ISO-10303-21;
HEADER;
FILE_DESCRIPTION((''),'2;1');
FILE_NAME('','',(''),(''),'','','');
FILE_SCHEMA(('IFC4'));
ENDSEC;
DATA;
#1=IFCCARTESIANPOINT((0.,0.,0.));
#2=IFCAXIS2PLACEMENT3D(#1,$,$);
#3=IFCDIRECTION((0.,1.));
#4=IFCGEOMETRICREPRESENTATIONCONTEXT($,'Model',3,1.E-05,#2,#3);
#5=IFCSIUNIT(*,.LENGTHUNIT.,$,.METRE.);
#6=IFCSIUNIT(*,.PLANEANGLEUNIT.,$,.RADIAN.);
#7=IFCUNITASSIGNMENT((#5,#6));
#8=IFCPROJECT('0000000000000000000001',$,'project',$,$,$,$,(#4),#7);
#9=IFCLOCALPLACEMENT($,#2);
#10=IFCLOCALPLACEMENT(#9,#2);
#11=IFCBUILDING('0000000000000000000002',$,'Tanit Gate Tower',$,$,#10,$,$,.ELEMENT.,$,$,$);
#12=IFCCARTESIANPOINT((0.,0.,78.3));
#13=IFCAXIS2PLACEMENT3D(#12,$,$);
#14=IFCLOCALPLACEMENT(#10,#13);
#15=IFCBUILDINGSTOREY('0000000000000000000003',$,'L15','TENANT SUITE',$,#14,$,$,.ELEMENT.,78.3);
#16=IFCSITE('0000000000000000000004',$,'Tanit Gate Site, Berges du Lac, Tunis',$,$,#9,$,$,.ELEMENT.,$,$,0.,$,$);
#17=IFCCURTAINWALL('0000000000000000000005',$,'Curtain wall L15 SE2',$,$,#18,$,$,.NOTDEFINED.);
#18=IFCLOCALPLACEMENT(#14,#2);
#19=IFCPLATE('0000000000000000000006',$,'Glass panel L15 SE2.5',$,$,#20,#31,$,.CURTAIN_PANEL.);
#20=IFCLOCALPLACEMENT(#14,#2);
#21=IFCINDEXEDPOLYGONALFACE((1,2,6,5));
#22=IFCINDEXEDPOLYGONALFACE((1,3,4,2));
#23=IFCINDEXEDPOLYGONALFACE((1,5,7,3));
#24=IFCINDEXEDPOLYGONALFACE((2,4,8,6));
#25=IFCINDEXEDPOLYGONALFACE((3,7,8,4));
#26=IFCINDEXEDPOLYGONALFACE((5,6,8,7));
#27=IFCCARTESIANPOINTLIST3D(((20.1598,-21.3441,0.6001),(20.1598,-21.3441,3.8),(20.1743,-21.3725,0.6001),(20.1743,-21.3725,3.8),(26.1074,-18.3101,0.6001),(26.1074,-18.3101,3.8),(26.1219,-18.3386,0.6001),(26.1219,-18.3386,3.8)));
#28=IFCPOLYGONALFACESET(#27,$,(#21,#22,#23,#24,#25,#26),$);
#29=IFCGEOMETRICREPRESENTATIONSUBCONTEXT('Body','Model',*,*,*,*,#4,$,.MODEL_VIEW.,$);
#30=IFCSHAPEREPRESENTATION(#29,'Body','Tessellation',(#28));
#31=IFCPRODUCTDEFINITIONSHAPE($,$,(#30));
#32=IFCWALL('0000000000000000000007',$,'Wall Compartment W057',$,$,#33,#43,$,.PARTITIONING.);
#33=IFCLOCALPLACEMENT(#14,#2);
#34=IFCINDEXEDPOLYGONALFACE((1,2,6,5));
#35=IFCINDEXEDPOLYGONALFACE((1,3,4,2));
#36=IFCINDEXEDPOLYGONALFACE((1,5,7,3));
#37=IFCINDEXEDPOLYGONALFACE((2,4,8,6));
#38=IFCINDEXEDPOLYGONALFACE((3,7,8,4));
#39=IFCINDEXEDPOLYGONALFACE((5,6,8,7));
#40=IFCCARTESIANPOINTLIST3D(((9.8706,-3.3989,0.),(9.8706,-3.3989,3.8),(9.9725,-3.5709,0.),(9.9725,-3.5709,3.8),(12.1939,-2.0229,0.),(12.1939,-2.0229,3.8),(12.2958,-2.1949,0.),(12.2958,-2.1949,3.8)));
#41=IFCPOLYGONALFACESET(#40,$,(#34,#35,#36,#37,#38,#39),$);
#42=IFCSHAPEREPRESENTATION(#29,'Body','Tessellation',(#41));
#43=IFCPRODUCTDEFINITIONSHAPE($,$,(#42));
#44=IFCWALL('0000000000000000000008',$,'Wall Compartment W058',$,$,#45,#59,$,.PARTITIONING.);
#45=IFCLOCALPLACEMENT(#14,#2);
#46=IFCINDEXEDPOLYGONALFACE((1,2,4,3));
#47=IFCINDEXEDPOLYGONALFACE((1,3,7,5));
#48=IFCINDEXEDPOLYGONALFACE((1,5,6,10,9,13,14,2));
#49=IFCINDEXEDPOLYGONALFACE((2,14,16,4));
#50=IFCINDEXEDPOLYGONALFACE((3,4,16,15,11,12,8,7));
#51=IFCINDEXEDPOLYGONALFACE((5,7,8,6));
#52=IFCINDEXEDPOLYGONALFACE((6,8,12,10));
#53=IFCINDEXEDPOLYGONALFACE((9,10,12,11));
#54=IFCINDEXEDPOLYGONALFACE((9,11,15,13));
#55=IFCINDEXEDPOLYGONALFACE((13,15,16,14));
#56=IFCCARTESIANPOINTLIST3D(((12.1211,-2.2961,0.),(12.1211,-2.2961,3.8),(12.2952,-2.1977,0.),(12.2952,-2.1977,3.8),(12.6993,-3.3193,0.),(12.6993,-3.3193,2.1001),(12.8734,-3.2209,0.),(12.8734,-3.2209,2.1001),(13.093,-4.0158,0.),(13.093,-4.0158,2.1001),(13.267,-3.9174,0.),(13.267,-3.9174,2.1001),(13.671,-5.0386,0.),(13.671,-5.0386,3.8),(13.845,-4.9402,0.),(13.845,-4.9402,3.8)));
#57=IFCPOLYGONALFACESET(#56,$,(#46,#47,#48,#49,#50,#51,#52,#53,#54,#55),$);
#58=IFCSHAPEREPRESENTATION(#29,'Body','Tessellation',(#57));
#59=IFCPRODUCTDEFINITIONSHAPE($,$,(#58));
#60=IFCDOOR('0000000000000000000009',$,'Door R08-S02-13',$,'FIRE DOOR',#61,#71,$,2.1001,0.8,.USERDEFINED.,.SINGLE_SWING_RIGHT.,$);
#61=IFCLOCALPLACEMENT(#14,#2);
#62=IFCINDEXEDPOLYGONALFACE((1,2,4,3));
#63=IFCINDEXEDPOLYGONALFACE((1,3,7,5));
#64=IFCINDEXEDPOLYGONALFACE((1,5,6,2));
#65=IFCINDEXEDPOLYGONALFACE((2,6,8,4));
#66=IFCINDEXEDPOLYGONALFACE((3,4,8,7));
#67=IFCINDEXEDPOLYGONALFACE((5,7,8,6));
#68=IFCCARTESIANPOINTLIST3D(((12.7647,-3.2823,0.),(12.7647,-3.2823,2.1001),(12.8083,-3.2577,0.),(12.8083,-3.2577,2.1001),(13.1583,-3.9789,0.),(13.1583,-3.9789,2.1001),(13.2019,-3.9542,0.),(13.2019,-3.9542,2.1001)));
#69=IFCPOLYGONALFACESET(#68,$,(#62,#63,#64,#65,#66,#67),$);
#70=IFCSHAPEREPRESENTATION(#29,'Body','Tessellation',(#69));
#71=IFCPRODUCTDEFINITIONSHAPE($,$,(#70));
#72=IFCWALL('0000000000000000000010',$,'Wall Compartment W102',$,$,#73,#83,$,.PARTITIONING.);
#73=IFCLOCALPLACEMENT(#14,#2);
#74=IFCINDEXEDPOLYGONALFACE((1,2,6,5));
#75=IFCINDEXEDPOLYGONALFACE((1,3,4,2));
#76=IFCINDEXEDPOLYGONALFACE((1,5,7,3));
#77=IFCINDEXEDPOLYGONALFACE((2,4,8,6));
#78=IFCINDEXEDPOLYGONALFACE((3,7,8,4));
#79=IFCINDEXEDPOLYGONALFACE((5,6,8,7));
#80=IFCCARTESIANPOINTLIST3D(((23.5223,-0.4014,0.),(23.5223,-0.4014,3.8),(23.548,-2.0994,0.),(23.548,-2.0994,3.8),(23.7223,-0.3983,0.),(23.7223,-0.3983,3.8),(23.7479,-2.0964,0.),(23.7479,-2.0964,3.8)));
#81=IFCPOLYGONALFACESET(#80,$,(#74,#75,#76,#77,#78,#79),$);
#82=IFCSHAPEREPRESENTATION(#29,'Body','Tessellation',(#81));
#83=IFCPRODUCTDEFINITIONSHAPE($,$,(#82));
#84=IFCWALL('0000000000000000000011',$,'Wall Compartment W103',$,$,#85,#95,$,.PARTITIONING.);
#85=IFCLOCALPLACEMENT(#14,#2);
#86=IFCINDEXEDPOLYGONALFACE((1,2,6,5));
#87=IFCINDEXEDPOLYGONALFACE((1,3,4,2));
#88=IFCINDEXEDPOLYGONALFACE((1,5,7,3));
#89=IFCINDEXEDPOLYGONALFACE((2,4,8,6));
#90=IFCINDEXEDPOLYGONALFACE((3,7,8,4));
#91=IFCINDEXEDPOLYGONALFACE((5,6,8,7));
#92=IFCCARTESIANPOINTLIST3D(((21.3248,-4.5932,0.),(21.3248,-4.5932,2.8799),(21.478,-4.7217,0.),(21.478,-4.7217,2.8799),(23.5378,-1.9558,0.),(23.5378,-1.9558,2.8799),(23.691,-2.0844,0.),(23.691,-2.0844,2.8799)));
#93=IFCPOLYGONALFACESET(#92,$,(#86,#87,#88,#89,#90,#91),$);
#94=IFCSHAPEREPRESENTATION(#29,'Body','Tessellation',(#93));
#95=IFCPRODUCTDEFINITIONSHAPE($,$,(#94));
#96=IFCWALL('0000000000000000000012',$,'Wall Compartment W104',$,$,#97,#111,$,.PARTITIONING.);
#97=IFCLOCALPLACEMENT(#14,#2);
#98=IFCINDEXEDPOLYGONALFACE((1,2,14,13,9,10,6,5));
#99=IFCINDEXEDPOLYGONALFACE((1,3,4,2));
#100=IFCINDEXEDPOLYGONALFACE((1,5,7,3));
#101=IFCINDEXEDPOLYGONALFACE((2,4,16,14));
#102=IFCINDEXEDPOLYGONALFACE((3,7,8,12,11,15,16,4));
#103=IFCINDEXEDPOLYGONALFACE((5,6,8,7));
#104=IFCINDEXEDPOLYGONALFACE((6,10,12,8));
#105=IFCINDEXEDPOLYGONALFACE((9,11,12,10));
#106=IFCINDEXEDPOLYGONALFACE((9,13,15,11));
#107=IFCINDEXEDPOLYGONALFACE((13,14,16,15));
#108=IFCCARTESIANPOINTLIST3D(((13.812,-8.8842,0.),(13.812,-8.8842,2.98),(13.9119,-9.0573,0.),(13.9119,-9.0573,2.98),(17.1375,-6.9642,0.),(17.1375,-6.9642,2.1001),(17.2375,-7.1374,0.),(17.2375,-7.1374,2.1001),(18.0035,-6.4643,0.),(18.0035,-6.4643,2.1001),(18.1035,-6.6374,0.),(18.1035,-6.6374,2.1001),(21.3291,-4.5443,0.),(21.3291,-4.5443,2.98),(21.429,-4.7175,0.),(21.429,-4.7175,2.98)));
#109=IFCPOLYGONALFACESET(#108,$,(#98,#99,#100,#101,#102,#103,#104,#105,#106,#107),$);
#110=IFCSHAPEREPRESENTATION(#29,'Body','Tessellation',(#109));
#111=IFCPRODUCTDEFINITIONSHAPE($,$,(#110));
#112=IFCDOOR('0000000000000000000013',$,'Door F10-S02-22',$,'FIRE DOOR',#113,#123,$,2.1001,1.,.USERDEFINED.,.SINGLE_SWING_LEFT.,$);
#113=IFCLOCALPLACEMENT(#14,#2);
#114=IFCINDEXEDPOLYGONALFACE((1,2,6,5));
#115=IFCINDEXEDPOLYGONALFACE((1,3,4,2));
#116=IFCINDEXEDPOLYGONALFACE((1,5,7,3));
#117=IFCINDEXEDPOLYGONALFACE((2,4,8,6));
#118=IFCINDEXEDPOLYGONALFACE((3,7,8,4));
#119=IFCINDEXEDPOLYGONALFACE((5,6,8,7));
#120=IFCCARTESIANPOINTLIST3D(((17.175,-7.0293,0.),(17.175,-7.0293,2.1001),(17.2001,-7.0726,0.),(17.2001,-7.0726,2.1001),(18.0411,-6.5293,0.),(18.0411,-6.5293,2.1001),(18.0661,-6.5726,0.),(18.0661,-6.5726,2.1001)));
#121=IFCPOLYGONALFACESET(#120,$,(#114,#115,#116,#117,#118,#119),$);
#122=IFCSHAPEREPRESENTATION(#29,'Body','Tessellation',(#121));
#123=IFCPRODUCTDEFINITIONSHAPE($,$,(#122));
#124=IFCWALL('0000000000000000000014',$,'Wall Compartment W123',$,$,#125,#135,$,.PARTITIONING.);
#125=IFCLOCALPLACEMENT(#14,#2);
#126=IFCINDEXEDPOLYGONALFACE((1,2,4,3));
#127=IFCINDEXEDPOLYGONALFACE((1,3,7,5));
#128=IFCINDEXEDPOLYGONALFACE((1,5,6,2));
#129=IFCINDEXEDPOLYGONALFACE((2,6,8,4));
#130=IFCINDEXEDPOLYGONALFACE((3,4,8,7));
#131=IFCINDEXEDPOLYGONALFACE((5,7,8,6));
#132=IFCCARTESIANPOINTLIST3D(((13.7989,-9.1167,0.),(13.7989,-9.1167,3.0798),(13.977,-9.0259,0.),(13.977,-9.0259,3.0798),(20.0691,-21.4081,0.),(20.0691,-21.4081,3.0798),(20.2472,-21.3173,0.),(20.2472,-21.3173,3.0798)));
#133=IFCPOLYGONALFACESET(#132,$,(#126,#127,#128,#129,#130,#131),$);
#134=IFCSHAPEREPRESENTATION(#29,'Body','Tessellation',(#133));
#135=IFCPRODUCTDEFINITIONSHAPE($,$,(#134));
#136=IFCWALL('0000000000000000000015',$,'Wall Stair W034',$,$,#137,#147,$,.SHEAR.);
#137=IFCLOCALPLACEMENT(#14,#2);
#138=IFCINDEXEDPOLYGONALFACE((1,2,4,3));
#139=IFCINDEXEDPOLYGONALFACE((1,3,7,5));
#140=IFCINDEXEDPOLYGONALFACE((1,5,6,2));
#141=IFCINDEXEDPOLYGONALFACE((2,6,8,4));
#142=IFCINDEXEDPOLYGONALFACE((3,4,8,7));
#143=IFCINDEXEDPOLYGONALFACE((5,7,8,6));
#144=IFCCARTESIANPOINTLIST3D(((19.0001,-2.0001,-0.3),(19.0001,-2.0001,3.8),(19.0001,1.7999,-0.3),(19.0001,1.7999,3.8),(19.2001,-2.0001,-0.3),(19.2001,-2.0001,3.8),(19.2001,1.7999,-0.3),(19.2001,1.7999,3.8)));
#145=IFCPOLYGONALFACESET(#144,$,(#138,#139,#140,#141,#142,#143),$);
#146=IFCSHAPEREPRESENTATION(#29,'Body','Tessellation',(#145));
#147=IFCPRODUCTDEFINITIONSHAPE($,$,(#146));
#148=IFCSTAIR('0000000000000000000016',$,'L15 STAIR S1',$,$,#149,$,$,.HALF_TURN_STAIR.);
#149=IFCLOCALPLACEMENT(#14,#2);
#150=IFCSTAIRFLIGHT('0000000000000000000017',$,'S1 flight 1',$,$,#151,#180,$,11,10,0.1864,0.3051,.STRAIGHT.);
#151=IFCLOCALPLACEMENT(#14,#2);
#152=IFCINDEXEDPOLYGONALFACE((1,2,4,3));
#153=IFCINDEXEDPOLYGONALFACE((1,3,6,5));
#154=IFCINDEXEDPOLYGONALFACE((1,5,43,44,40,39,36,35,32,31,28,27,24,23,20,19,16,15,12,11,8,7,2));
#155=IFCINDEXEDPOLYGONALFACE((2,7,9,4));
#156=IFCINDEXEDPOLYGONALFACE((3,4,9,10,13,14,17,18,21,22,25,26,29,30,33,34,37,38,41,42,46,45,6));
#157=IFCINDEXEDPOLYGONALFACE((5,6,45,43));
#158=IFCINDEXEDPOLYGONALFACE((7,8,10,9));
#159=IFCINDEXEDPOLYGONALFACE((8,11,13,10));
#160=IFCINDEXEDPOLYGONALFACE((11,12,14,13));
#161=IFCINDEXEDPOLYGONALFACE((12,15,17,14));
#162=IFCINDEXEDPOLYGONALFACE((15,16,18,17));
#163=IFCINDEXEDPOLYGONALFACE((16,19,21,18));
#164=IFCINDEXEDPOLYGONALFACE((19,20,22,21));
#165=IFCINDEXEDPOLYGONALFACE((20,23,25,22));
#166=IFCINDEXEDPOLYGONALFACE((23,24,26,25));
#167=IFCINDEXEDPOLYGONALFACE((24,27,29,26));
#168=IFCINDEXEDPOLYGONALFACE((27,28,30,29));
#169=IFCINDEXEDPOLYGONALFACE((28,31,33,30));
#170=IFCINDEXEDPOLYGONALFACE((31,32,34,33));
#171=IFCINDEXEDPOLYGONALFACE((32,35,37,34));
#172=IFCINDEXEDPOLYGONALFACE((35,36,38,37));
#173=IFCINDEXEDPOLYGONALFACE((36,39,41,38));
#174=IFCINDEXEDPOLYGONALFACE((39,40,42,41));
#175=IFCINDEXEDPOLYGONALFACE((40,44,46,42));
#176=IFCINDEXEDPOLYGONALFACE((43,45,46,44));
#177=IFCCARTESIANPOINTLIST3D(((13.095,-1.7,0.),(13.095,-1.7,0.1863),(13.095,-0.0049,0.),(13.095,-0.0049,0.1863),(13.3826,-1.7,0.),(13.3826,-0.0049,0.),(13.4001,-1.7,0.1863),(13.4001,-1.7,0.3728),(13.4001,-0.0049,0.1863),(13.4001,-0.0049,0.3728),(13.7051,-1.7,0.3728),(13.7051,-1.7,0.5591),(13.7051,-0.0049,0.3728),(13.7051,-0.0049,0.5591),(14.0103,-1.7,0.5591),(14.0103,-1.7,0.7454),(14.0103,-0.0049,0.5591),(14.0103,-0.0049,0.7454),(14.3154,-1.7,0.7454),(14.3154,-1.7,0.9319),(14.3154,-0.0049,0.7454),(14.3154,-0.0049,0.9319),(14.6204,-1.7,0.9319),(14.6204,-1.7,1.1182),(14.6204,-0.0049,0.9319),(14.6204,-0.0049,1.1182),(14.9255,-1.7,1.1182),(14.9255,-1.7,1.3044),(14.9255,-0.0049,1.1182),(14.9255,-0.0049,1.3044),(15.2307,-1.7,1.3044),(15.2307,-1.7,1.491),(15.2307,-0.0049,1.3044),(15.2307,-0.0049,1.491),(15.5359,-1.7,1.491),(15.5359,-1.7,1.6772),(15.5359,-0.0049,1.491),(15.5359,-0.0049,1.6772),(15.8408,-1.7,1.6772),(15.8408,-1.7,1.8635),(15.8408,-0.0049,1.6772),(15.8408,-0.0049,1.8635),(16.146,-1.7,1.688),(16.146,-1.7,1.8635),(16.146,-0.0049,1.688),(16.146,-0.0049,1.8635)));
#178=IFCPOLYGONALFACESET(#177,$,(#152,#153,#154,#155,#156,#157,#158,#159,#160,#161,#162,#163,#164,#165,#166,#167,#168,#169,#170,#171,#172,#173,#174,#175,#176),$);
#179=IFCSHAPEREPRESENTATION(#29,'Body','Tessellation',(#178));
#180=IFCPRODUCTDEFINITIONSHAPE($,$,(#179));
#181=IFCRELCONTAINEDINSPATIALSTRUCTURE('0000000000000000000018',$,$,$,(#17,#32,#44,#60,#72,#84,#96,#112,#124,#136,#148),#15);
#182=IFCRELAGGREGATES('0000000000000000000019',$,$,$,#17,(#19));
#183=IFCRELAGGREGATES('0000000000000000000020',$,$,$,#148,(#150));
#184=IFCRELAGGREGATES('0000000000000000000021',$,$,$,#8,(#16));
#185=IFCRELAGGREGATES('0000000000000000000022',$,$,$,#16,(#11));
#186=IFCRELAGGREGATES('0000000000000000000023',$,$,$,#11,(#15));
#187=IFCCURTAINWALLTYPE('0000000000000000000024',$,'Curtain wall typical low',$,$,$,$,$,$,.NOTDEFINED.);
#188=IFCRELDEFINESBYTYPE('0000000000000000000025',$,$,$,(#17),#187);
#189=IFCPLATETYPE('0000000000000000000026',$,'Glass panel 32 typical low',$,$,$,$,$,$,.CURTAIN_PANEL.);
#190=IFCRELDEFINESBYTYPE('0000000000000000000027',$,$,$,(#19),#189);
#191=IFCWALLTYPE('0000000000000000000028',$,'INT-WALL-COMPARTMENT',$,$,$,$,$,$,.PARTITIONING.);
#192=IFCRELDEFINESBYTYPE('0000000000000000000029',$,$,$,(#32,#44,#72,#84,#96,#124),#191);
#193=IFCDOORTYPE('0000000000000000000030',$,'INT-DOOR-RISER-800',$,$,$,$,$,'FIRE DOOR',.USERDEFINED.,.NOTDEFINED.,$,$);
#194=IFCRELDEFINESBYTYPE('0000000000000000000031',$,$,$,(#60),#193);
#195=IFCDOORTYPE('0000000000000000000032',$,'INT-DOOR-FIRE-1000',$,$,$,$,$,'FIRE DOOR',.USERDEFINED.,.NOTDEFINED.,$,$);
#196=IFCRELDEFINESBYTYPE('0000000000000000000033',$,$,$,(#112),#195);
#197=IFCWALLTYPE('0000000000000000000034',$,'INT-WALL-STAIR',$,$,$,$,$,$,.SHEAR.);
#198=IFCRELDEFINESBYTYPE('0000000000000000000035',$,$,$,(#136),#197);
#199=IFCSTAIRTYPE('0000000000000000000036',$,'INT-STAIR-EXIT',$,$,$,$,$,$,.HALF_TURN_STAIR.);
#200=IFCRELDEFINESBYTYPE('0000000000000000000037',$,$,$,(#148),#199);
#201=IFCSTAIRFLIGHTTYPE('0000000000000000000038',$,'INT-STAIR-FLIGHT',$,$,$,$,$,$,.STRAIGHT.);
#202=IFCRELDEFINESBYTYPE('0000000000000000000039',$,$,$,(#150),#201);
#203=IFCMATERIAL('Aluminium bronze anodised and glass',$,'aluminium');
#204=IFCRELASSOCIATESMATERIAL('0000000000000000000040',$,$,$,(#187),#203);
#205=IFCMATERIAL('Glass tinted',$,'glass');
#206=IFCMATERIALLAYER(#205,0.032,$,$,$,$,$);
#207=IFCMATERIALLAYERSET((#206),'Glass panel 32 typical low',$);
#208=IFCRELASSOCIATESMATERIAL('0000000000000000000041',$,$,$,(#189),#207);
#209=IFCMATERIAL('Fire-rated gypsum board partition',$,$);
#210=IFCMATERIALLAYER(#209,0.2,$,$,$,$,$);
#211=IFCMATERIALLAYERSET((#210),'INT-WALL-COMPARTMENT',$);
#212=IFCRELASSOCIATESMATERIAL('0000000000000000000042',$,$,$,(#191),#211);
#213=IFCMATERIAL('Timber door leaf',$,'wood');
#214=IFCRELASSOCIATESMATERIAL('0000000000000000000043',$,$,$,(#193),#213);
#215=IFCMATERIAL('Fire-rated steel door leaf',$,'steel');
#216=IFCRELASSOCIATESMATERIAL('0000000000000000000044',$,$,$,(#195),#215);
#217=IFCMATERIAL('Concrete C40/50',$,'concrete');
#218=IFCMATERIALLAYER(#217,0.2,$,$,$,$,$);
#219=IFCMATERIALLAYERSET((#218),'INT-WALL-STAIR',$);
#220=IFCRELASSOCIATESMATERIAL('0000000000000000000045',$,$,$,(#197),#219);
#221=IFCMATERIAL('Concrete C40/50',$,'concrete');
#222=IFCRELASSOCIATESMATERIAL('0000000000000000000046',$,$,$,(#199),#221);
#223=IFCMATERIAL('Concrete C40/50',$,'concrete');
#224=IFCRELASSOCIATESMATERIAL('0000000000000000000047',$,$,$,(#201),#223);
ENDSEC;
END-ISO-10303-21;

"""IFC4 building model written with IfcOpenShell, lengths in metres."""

from ifc_helpers import new_model, si_unit, direction, frame, frame_2d, origin, origin_2d, place, context, subcontext, project, spatial, polyline, rectangle, outline, extrude, material, layer, layer_set, type_object, element, fill, aggregate, save


model = new_model("IFC4")

# Units and contexts
model_context = context("Model", 3, precision=1e-05, world=origin(), true_north=direction((0.0, 1.0)))
body_context = subcontext(model_context, "Body", "Model", "MODEL_VIEW")
ifc_project = project(units=[si_unit("LENGTHUNIT", "METRE"), si_unit("PLANEANGLEUNIT", "RADIAN")], contexts=[model_context])

# Site, building, storey
site_placement = place(None, origin())
site = spatial("IfcSite", under=ifc_project, at=site_placement, Name="Tanit Gate Site, Berges du Lac, Tunis", CompositionType="ELEMENT", RefElevation=0.0)
building_placement = place(site_placement, origin())
building = spatial("IfcBuilding", under=site, at=building_placement, Name="Tanit Gate Tower", CompositionType="ELEMENT")
storey_placement = place(building_placement, frame((0.0, 0.0, 78.3)))
storey = spatial("IfcBuildingStorey", under=building, at=storey_placement, Name="L15", Description="TENANT SUITE", CompositionType="ELEMENT", Elevation=78.3)

# Curtain wall
ifc_material_1 = material(Name="Aluminium bronze anodised and glass", Category="aluminium")
curtain_wall_type = type_object("IfcCurtainWallType", Name="Curtain wall typical low", PredefinedType="NOTDEFINED", material=ifc_material_1)
curtain_wall_placement = place(storey_placement, origin())
curtain_wall = element("IfcCurtainWall", 1, at=curtain_wall_placement, inside=storey, type_object=curtain_wall_type, Name="Curtain wall L15 SE2", PredefinedType="NOTDEFINED")

# Plate
ifc_material_2 = material(Name="Glass tinted", Category="glass")
ifc_layer_1 = layer(ifc_material_2, 0.032)
ifc_layer_set_1 = layer_set([ifc_layer_1], Name="Glass panel 32 typical low")
plate_type = type_object("IfcPlateType", Name="Glass panel 32 typical low", PredefinedType="CURTAIN_PANEL", material=ifc_layer_set_1)
plate_1_placement = place(storey_placement, frame((23.1409, -19.8413, 0.6001), z_axis=(0.0, 0.0, 1.0), x_axis=(0.890792, 0.454411, 0.0)))
plate_1 = element("IfcPlate", 2, at=plate_1_placement, type_object=plate_type, Name="Glass panel L15 SE2.5", PredefinedType="CURTAIN_PANEL", context=body_context, shape_type="SweptSolid", body=[
    extrude(rectangle(XDim=6.6768, YDim=0.032, at=origin_2d()), origin(), (0.0, 0.0, 1.0), 3.2),
])
aggregate(curtain_wall, [plate_1])

# Wall
ifc_material_3 = material(Name="Fire-rated gypsum board partition")
ifc_layer_2 = layer(ifc_material_3, 0.2)
ifc_layer_set_2 = layer_set([ifc_layer_2], Name="INT-WALL-COMPARTMENT")
wall_type_1 = type_object("IfcWallType", Name="INT-WALL-COMPARTMENT", PredefinedType="PARTITIONING", material=ifc_layer_set_2)
wall_1_placement = place(storey_placement, frame((12.2449, -2.1089, 0.0), z_axis=(0.0, 0.0, 1.0), x_axis=(-0.860415, -0.509594, 0.0)))
element("IfcWall", 3, at=wall_1_placement, inside=storey, type_object=wall_type_1, Name="Wall Compartment W057", PredefinedType="PARTITIONING", context=body_context, shape_type="SweptSolid", body=[
    extrude(rectangle(XDim=2.7002, YDim=0.2, at=frame_2d((1.3501, 0.0))), origin(), (0.0, 0.0, 1.0), 3.8),
])

# Wall, opening, door
wall_2_placement = place(storey_placement, frame((13.7581, -4.9895, 0.0), z_axis=(0.0, 0.0, 1.0), x_axis=(-0.491993, 0.870599, 0.0)))
wall_2 = element("IfcWall", 4, at=wall_2_placement, inside=storey, type_object=wall_type_1, Name="Wall Compartment W058", PredefinedType="PARTITIONING", context=body_context, shape_type="SweptSolid", body=[
    extrude(rectangle(XDim=3.1501, YDim=0.2, at=frame_2d((1.5752, 0.0))), origin(), (0.0, 0.0, 1.0), 3.8),
])
opening_1_placement = place(wall_2_placement, frame((1.175, 0.0, 0.0)))
opening_1 = element("IfcOpeningElement", 5, at=opening_1_placement, cuts=wall_2, PredefinedType="OPENING", context=body_context, shape_type="SweptSolid", body=[
    extrude(rectangle(XDim=0.8, YDim=2.1001, at=frame_2d((0.3999, 1.05))), frame((0.0, 0.1099, 0.0), z_axis=(0.0, -1.0, 0.0), x_axis=(1.0, 0.0, 0.0)), (0.0, 0.0, 1.0), 0.22),
])
ifc_material_4 = material(Name="Timber door leaf", Category="wood")
door_type_1 = type_object("IfcDoorType", Name="INT-DOOR-RISER-800", ElementType="FIRE DOOR", OperationType="NOTDEFINED", PredefinedType="USERDEFINED", material=ifc_material_4)
door_1_placement = place(opening_1_placement, origin())
door_1 = element("IfcDoor", 6, at=door_1_placement, inside=storey, type_object=door_type_1, Name="Door R08-S02-13", ObjectType="FIRE DOOR", OperationType="SINGLE_SWING_RIGHT", OverallHeight=2.1001, OverallWidth=0.8, PredefinedType="USERDEFINED", context=body_context, shape_type="SweptSolid", body=[
    extrude(rectangle(XDim=0.8, YDim=2.1001, at=frame_2d((0.3999, 1.05))), frame((0.0, 0.0249, 0.0), z_axis=(0.0, -1.0, 0.0), x_axis=(1.0, 0.0, 0.0)), (0.0, 0.0, 1.0), 0.05),
])
fill(opening_1, door_1)

# Walls
wall_3_placement = place(storey_placement, frame((23.6479, -2.0979, 0.0), z_axis=(0.0, 0.0, 1.0), x_axis=(-0.015095, 0.999886, 0.0)))
element("IfcWall", 7, at=wall_3_placement, inside=storey, type_object=wall_type_1, Name="Wall Compartment W102", PredefinedType="PARTITIONING", context=body_context, shape_type="SweptSolid", body=[
    extrude(rectangle(XDim=1.6982, YDim=0.2, at=frame_2d((0.8491, 0.0))), origin(), (0.0, 0.0, 1.0), 3.8),
])
wall_4_placement = place(storey_placement, frame((21.4014, -4.6575, 0.0), z_axis=(0.0, 0.0, 1.0), x_axis=(0.642796, 0.766037, 0.0)))
element("IfcWall", 8, at=wall_4_placement, inside=storey, type_object=wall_type_1, Name="Wall Compartment W103", PredefinedType="PARTITIONING", context=body_context, shape_type="SweptSolid", body=[
    extrude(rectangle(XDim=3.4429, YDim=0.2, at=frame_2d((1.7214, 0.0))), origin(), (0.0, 0.0, 1.0), 2.8799),
])

# Wall, opening, door
wall_5_placement = place(storey_placement, frame((13.8621, -8.9707, 0.0), z_axis=(0.0, 0.0, 1.0), x_axis=(0.866033, 0.499987, 0.0)))
wall_5 = element("IfcWall", 9, at=wall_5_placement, inside=storey, type_object=wall_type_1, Name="Wall Compartment W104", PredefinedType="PARTITIONING", context=body_context, shape_type="SweptSolid", body=[
    extrude(rectangle(XDim=8.6799, YDim=0.2, at=frame_2d((4.3398, 0.0))), origin(), (0.0, 0.0, 1.0), 2.98),
])
opening_2_placement = place(wall_5_placement, frame((3.8398, 0.0, 0.0)))
opening_2 = element("IfcOpeningElement", 10, at=opening_2_placement, cuts=wall_5, PredefinedType="OPENING", context=body_context, shape_type="SweptSolid", body=[
    extrude(rectangle(XDim=1.0, YDim=2.1001, at=frame_2d((0.5, 1.05))), frame((0.0, 0.1099, 0.0), z_axis=(0.0, -1.0, 0.0), x_axis=(1.0, 0.0, 0.0)), (0.0, 0.0, 1.0), 0.22),
])
ifc_material_5 = material(Name="Fire-rated steel door leaf", Category="steel")
door_type_2 = type_object("IfcDoorType", Name="INT-DOOR-FIRE-1000", ElementType="FIRE DOOR", OperationType="NOTDEFINED", PredefinedType="USERDEFINED", material=ifc_material_5)
door_2_placement = place(opening_2_placement, origin())
door_2 = element("IfcDoor", 11, at=door_2_placement, inside=storey, type_object=door_type_2, Name="Door F10-S02-22", ObjectType="FIRE DOOR", OperationType="SINGLE_SWING_LEFT", OverallHeight=2.1001, OverallWidth=1.0, PredefinedType="USERDEFINED", context=body_context, shape_type="SweptSolid", body=[
    extrude(rectangle(XDim=1.0, YDim=2.1001, at=frame_2d((0.5, 1.05))), frame((0.0, 0.0249, 0.0), z_axis=(0.0, -1.0, 0.0), x_axis=(1.0, 0.0, 0.0)), (0.0, 0.0, 1.0), 0.05),
])
fill(opening_2, door_2)

# Walls
wall_6_placement = place(storey_placement, frame((13.8879, -9.0713, 0.0), z_axis=(0.0, 0.0, 1.0), x_axis=(0.454418, -0.890789, 0.0)))
element("IfcWall", 12, at=wall_6_placement, inside=storey, type_object=wall_type_1, Name="Wall Compartment W123", PredefinedType="PARTITIONING", context=body_context, shape_type="SweptSolid", body=[
    extrude(rectangle(XDim=13.7983, YDim=0.2, at=frame_2d((6.8992, 0.0))), origin(), (0.0, 0.0, 1.0), 3.0798),
])
ifc_material_6 = material(Name="Concrete C40/50", Category="concrete")
ifc_layer_3 = layer(ifc_material_6, 0.2)
ifc_layer_set_3 = layer_set([ifc_layer_3], Name="INT-WALL-STAIR")
wall_type_2 = type_object("IfcWallType", Name="INT-WALL-STAIR", PredefinedType="SHEAR", material=ifc_layer_set_3)
wall_7_placement = place(storey_placement, frame((19.1001, -2.0, -0.3), z_axis=(0.0, 0.0, 1.0), x_axis=(0.0, 1.0, 0.0)))
element("IfcWall", 13, at=wall_7_placement, inside=storey, type_object=wall_type_2, Name="Wall Stair W034", PredefinedType="SHEAR", context=body_context, shape_type="SweptSolid", body=[
    extrude(rectangle(XDim=3.8, YDim=0.2, at=frame_2d((1.8999, 0.0))), origin(), (0.0, 0.0, 1.0), 4.1001),
])

# Stair, stair flight
ifc_material_7 = material(Name="Concrete C40/50", Category="concrete")
stair_type = type_object("IfcStairType", Name="INT-STAIR-EXIT", PredefinedType="HALF_TURN_STAIR", material=ifc_material_7)
stair_placement = place(storey_placement, origin())
stair = element("IfcStair", 14, at=stair_placement, inside=storey, type_object=stair_type, Name="L15 STAIR S1", PredefinedType="HALF_TURN_STAIR")
ifc_material_8 = material(Name="Concrete C40/50", Category="concrete")
stair_flight_type = type_object("IfcStairFlightType", Name="INT-STAIR-FLIGHT", PredefinedType="STRAIGHT", material=ifc_material_8)
stair_flight_placement = place(storey_placement, frame((13.095, -0.8525, 0.0), z_axis=(0.0, 0.0, 1.0), x_axis=(1.0, 0.0, 0.0)))
stair_flight = element("IfcStairFlight", 15, at=stair_flight_placement, type_object=stair_flight_type, Name="S1 flight 1", NumberOfRisers=11, NumberOfTreads=10, PredefinedType="STRAIGHT", RiserHeight=0.1864, TreadLength=0.3051, context=body_context, shape_type="SweptSolid", body=[
    extrude(outline(polyline([(0.0, 0.0), (0.0, 0.1863), (0.3052, 0.1863), (0.3052, 0.3728), (0.6101, 0.3728), (0.6101, 0.5591), (0.9153, 0.5591), (0.9153, 0.7454), (1.2205, 0.7454), (1.2205, 0.9319), (1.5254, 0.9319), (1.5254, 1.1182), (1.8306, 1.1182), (1.8306, 1.3044), (2.1357, 1.3044), (2.1357, 1.491), (2.4409, 1.491), (2.4409, 1.6772), (2.7458, 1.6772), (2.7458, 1.8635), (3.051, 1.8635), (3.051, 2.05), (3.051, 1.688), (0.2876, 0.0), (0.0, 0.0)])), frame((0.0, 0.8477, 0.0), z_axis=(0.0, -1.0, 0.0), x_axis=(1.0, 0.0, 0.0)), (0.0, 0.0, 1.0), 1.6951),
])
aggregate(stair, [stair_flight])

save(model, "model.ifc")
